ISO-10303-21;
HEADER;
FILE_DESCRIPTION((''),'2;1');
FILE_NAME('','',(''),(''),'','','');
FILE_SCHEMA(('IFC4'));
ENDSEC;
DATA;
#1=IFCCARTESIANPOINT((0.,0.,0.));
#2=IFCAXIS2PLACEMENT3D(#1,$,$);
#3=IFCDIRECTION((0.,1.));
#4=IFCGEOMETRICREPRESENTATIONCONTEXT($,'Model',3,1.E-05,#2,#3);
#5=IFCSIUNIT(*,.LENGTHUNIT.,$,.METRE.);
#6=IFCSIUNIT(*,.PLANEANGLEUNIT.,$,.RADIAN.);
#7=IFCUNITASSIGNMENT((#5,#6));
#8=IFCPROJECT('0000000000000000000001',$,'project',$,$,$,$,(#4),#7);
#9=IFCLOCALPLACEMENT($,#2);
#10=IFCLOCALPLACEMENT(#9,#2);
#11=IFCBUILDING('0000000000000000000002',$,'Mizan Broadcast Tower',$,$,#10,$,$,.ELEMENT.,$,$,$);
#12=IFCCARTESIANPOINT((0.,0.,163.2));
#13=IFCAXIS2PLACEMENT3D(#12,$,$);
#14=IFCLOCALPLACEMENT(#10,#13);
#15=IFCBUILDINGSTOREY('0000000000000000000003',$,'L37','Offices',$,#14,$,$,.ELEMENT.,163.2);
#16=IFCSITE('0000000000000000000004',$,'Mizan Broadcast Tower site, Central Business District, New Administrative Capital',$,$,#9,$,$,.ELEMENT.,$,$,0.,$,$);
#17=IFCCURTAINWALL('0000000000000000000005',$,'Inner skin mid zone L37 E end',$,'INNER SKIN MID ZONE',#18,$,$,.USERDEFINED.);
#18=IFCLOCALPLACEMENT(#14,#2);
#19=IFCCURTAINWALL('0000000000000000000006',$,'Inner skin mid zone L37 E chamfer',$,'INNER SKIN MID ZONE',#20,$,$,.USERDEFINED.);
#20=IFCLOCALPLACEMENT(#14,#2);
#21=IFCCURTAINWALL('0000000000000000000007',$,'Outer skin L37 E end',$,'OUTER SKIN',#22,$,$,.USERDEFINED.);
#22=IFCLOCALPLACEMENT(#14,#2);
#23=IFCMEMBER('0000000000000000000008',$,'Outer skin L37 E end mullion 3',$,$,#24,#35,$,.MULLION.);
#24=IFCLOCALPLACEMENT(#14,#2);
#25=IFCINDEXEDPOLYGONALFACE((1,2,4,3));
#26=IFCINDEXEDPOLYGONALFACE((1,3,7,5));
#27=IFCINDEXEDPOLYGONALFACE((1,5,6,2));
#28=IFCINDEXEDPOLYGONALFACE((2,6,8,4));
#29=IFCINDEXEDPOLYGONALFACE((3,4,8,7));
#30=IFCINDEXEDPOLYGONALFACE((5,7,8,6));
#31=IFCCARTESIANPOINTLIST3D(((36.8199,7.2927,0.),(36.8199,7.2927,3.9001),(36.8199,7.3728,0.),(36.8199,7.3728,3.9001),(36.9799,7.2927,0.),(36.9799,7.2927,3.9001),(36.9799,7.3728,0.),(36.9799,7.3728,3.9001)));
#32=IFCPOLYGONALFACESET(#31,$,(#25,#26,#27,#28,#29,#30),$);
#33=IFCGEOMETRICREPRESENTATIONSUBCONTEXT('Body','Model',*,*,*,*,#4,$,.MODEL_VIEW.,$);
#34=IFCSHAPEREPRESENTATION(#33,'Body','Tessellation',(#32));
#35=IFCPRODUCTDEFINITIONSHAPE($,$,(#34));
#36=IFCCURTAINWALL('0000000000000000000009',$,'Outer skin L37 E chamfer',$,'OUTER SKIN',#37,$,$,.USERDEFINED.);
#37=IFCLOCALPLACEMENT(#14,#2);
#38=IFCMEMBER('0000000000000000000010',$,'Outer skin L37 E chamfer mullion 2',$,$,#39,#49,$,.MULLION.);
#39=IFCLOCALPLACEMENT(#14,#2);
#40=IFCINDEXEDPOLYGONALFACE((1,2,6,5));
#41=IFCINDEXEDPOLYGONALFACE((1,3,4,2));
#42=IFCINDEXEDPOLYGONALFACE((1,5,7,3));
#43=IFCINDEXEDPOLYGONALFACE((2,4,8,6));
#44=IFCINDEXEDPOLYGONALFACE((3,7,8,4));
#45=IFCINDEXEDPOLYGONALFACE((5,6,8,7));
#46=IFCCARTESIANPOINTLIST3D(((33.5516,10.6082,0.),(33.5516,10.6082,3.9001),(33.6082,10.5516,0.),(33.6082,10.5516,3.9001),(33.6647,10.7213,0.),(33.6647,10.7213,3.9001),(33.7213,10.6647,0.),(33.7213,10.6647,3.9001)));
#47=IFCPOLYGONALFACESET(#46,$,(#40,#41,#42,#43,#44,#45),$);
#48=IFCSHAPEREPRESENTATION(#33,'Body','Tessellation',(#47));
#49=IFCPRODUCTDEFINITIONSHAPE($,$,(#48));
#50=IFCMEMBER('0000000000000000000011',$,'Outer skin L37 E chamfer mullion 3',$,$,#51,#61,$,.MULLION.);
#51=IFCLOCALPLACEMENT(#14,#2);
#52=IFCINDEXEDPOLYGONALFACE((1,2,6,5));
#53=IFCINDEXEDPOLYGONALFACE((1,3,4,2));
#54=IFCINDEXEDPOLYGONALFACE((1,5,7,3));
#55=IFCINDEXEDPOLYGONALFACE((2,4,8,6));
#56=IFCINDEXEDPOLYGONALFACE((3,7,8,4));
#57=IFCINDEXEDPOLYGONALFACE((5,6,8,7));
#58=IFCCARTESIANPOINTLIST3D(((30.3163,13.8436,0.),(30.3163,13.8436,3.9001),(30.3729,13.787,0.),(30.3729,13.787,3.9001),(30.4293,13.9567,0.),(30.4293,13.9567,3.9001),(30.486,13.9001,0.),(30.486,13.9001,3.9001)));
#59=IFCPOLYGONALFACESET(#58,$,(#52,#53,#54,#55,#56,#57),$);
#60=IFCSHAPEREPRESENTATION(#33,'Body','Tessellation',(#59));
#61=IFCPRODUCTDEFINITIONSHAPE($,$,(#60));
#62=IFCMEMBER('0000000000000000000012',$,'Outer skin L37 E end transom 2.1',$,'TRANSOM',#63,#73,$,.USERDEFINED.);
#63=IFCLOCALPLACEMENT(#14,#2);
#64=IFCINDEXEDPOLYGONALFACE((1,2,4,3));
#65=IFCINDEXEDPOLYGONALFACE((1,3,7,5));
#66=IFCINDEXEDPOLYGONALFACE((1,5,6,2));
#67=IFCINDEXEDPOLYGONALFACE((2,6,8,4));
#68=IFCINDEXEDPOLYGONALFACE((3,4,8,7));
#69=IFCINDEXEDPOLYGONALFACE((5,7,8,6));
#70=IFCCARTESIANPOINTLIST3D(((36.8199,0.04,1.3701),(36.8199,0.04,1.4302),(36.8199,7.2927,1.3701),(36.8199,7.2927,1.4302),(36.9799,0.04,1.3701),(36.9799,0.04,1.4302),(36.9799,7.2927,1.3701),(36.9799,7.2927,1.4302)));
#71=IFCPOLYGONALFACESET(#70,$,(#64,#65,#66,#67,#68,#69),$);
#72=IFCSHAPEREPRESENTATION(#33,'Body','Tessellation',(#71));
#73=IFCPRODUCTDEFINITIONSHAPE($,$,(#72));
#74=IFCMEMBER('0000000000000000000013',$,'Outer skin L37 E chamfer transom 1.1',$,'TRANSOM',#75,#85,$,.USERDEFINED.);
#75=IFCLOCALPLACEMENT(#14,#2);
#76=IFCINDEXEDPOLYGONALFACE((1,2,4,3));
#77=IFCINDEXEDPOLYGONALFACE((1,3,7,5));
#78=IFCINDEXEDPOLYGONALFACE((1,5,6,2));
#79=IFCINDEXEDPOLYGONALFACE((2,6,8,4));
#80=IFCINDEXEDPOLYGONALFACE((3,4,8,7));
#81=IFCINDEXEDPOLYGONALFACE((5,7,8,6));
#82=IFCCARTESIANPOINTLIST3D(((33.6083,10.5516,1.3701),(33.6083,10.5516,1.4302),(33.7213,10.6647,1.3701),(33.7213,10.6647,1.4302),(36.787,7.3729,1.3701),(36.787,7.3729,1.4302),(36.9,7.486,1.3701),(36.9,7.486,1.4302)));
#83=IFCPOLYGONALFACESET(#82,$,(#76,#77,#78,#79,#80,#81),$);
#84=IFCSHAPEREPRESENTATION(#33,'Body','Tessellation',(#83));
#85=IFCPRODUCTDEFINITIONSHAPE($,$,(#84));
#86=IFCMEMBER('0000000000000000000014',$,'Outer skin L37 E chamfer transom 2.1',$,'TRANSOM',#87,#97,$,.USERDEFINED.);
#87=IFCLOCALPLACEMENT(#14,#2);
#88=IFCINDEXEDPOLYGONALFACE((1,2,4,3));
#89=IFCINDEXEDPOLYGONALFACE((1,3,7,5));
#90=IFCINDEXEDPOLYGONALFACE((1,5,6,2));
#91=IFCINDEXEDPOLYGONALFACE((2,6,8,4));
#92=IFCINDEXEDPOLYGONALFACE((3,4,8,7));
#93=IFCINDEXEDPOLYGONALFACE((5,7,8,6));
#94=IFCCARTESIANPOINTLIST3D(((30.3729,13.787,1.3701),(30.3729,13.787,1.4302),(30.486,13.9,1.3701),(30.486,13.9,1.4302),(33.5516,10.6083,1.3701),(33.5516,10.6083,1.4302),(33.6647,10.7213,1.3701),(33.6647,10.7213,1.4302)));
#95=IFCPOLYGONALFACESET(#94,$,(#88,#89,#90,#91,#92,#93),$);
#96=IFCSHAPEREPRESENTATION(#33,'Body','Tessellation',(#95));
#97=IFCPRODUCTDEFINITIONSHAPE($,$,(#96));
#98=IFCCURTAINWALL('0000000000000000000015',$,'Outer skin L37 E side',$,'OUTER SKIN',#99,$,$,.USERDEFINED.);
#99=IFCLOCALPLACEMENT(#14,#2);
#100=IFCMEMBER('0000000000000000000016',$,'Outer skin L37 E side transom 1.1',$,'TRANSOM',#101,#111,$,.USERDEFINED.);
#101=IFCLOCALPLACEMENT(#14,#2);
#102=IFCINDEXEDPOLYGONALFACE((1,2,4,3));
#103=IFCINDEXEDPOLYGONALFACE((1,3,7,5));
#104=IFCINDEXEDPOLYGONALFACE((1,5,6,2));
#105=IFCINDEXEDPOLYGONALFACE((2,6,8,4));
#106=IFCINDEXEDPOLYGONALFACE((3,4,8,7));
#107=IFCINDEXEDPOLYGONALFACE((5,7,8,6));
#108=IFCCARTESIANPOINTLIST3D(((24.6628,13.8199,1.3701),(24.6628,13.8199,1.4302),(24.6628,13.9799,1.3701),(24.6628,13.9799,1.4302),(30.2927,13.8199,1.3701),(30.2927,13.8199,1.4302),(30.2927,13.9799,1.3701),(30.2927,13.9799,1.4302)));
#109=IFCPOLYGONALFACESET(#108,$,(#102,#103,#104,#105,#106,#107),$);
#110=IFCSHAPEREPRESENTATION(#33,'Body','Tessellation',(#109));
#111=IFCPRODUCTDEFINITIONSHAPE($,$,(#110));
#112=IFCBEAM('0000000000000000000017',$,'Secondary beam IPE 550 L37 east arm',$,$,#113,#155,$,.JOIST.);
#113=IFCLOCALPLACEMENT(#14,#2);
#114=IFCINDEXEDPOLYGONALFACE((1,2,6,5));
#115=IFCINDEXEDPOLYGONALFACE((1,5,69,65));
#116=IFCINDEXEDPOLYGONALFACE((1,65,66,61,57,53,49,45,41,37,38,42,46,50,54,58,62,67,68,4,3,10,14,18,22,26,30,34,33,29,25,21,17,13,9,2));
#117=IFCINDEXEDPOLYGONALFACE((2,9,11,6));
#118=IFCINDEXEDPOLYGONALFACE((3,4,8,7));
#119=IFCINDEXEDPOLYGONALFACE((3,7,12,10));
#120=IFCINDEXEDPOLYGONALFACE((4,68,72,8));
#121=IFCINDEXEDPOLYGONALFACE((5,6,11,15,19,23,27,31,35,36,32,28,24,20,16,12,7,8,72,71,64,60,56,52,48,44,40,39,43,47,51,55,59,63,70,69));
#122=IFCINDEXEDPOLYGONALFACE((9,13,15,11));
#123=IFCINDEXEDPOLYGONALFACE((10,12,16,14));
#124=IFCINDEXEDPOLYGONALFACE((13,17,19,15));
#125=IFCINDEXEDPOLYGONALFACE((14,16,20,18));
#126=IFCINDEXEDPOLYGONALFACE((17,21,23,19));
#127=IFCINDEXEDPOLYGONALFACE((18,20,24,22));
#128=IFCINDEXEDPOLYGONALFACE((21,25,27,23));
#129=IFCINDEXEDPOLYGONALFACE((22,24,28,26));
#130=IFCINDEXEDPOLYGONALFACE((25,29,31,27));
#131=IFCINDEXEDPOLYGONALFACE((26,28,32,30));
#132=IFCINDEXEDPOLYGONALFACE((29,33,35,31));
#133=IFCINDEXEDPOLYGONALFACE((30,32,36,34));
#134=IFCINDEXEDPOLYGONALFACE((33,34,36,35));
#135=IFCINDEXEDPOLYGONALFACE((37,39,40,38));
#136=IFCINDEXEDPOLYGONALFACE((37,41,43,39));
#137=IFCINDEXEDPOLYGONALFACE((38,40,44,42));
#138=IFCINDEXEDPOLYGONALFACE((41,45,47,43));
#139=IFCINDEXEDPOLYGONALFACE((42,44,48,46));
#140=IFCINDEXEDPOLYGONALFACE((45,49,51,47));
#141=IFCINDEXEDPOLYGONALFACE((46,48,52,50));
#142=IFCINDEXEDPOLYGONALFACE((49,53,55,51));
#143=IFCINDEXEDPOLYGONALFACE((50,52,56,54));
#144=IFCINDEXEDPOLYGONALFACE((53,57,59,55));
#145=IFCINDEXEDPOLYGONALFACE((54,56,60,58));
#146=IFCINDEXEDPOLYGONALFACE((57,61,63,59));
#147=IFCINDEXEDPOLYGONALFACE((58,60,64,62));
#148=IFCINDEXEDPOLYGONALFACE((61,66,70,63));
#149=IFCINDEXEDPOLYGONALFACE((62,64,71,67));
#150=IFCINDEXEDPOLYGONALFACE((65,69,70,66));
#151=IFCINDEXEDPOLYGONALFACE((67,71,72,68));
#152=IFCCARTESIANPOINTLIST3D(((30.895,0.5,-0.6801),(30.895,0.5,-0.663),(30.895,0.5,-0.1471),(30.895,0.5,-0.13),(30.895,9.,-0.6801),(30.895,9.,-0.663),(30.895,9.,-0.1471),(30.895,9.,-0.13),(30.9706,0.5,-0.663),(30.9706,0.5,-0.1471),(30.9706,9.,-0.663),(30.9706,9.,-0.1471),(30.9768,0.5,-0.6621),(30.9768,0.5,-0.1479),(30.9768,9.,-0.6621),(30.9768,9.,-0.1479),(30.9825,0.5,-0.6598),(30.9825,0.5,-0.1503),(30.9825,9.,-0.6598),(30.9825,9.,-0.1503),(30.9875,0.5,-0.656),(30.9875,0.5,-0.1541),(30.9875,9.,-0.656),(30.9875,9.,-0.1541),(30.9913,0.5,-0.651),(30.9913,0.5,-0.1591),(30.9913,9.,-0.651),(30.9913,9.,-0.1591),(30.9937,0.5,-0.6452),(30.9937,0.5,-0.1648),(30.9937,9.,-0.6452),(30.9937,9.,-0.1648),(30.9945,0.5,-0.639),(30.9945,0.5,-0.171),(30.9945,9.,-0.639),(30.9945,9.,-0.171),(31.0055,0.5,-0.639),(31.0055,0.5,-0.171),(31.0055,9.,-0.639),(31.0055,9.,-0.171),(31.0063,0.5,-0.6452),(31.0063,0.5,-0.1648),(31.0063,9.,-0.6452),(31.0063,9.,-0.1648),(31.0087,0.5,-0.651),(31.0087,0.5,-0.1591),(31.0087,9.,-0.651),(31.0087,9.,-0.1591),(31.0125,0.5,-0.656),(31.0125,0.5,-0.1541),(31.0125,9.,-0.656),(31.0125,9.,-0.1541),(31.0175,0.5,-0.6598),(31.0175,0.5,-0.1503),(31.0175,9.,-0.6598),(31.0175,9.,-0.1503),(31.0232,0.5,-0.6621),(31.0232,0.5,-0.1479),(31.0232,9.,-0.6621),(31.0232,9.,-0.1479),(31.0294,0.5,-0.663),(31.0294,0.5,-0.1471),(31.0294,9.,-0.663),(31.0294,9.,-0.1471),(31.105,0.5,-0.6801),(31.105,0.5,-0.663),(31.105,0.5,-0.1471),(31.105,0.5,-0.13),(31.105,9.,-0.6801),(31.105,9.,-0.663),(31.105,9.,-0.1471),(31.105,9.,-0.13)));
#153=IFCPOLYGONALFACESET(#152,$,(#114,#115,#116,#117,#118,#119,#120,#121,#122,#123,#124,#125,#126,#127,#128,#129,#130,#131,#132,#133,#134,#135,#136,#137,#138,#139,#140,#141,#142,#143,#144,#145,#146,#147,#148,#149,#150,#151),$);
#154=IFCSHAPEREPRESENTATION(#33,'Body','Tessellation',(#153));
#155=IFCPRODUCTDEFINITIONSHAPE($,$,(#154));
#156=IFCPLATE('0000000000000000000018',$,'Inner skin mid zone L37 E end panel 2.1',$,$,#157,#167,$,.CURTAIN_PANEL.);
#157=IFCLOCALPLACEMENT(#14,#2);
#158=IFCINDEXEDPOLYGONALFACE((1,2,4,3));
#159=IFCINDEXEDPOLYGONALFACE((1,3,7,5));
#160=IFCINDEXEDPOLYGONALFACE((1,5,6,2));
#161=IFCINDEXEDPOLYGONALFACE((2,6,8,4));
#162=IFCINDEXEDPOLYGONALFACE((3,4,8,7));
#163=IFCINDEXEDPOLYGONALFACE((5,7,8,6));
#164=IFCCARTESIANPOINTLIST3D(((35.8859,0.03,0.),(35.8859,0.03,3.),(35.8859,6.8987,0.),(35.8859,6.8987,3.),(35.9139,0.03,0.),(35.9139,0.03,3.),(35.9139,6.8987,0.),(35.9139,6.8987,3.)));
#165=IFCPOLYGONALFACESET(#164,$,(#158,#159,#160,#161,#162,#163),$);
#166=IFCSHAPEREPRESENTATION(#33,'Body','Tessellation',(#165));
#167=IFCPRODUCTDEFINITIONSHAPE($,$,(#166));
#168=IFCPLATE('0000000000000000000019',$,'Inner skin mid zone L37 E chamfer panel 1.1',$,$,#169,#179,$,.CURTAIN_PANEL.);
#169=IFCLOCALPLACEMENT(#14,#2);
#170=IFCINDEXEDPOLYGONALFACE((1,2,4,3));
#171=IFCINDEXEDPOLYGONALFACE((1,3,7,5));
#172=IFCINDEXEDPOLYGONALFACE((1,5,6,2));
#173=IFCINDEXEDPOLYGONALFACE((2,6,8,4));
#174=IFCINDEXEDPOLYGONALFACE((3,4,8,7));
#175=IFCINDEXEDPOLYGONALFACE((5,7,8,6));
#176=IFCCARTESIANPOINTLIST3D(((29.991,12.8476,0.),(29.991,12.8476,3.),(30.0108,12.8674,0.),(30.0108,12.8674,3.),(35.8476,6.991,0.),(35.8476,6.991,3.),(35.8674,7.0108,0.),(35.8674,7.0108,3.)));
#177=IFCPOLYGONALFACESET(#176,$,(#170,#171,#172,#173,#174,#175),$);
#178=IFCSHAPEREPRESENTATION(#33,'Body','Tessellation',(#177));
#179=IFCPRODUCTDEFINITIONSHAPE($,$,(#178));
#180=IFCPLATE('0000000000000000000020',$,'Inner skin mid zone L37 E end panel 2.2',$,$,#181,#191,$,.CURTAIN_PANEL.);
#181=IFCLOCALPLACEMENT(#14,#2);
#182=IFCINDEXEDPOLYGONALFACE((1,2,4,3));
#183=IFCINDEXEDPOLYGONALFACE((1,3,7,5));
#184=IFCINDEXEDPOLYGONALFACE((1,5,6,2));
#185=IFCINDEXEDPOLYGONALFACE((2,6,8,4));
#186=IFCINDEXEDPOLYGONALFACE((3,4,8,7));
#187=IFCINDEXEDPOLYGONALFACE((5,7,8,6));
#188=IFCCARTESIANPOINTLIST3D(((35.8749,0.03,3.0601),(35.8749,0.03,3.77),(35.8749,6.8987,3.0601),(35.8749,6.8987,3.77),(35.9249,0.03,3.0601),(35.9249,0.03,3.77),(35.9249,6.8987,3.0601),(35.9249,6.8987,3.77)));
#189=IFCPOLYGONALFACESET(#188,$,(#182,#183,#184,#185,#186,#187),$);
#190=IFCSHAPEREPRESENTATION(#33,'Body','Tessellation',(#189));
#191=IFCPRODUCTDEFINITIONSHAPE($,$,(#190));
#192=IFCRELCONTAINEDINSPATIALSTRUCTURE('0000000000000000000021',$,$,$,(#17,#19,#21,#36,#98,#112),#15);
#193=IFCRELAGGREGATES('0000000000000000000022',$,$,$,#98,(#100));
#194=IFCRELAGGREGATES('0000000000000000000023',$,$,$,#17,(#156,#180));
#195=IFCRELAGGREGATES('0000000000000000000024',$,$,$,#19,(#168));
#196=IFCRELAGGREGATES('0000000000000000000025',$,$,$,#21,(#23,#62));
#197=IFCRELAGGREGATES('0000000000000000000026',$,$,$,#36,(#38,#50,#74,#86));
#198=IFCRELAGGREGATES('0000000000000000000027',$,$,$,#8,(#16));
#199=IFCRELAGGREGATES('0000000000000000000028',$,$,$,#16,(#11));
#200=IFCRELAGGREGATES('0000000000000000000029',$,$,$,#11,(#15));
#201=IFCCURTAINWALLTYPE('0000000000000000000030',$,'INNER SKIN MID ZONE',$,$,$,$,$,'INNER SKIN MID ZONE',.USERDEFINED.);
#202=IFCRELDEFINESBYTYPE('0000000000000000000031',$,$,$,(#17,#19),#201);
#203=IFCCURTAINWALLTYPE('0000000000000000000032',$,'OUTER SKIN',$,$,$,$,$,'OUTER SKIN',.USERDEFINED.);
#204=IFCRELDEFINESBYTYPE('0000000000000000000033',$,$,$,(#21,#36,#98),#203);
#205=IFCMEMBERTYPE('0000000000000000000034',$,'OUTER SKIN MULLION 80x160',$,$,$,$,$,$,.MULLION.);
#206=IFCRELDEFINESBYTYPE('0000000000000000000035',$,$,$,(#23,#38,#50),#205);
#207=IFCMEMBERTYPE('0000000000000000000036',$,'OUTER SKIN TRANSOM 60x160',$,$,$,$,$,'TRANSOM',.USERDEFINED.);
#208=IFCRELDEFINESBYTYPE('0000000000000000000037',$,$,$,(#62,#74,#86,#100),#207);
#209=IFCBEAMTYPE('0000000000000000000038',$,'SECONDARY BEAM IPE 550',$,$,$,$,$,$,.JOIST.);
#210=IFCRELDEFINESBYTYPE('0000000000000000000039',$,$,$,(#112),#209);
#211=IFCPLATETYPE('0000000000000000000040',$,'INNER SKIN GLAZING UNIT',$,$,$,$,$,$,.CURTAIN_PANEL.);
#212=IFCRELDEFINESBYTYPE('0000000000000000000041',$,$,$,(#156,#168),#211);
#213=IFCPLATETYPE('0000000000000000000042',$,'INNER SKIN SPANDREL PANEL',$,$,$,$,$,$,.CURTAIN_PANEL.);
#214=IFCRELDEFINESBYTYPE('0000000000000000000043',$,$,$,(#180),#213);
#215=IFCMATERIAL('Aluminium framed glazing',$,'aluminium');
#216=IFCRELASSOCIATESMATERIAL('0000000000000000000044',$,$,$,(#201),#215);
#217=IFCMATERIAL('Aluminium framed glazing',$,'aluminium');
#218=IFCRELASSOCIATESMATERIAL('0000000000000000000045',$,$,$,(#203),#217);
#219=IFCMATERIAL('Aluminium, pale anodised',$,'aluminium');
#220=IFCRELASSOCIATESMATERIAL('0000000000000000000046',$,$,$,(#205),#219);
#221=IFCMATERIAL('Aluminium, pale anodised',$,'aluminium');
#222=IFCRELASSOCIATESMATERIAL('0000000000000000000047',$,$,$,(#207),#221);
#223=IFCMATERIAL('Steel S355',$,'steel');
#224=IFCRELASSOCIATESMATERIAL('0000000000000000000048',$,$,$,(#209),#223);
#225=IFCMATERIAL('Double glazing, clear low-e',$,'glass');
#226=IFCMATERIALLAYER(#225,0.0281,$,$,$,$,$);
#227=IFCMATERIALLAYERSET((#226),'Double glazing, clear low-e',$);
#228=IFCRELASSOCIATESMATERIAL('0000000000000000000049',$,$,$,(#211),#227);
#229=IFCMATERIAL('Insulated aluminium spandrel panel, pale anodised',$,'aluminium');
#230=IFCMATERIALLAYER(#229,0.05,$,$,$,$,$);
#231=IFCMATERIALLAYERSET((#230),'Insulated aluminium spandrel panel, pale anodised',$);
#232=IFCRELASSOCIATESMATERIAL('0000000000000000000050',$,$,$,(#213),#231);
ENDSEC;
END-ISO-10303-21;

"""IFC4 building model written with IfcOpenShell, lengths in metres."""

from ifc_helpers import new_model, si_unit, direction, frame, origin, origin_2d, place, context, subcontext, project, spatial, rectangle, i_section, extrude, material, layer, layer_set, material_profile, profile_set, type_object, element, aggregate, save


model = new_model("IFC4")

# Units and contexts
model_context = context("Model", 3, precision=1e-05, world=origin(), true_north=direction((0.0, 1.0)))
body_context = subcontext(model_context, "Body", "Model", "MODEL_VIEW")
ifc_project = project(units=[si_unit("LENGTHUNIT", "METRE"), si_unit("PLANEANGLEUNIT", "RADIAN")], contexts=[model_context])

# Site, building, storey
site_placement = place(None, origin())
site = spatial("IfcSite", under=ifc_project, at=site_placement, Name="Mizan Broadcast Tower site, Central Business District, New Administrative Capital", CompositionType="ELEMENT", RefElevation=0.0)
building_placement = place(site_placement, origin())
building = spatial("IfcBuilding", under=site, at=building_placement, Name="Mizan Broadcast Tower", CompositionType="ELEMENT")
storey_placement = place(building_placement, frame((0.0, 0.0, 163.2)))
storey = spatial("IfcBuildingStorey", under=building, at=storey_placement, Name="L37", Description="Offices", CompositionType="ELEMENT", Elevation=163.2)

# Curtain wall
ifc_material_1 = material(Name="Aluminium framed glazing", Category="aluminium")
curtain_wall_type_1 = type_object("IfcCurtainWallType", Name="INNER SKIN MID ZONE", ElementType="INNER SKIN MID ZONE", PredefinedType="USERDEFINED", material=ifc_material_1)
curtain_wall_1_placement = place(storey_placement, origin())
curtain_wall_1 = element("IfcCurtainWall", 1, at=curtain_wall_1_placement, inside=storey, type_object=curtain_wall_type_1, Name="Inner skin mid zone L37 E end", ObjectType="INNER SKIN MID ZONE", PredefinedType="USERDEFINED")

# Curtain wall
curtain_wall_2_placement = place(storey_placement, origin())
curtain_wall_2 = element("IfcCurtainWall", 2, at=curtain_wall_2_placement, inside=storey, type_object=curtain_wall_type_1, Name="Inner skin mid zone L37 E chamfer", ObjectType="INNER SKIN MID ZONE", PredefinedType="USERDEFINED")

# Curtain walls, members
ifc_material_2 = material(Name="Aluminium framed glazing", Category="aluminium")
curtain_wall_type_2 = type_object("IfcCurtainWallType", Name="OUTER SKIN", ElementType="OUTER SKIN", PredefinedType="USERDEFINED", material=ifc_material_2)
curtain_wall_3_placement = place(storey_placement, origin())
curtain_wall_3 = element("IfcCurtainWall", 3, at=curtain_wall_3_placement, inside=storey, type_object=curtain_wall_type_2, Name="Outer skin L37 E end", ObjectType="OUTER SKIN", PredefinedType="USERDEFINED")
ifc_material_3 = material(Name="Aluminium, pale anodised", Category="aluminium")
ifc_material_profile_1 = material_profile(ifc_material_3, rectangle(XDim=0.1599, YDim=0.0801, at=origin_2d()), Name="MULLION 160x80")
ifc_profile_set_1 = profile_set([ifc_material_profile_1], Name="Aluminium, pale anodised")
member_type_1 = type_object("IfcMemberType", Name="OUTER SKIN MULLION 80x160", PredefinedType="MULLION", material=ifc_profile_set_1)
member_1_placement = place(storey_placement, frame((36.8999, 7.3328, 0.0), z_axis=(0.0, 0.0, 1.0), x_axis=(-1.0, 0.0, 0.0)))
member_1 = element("IfcMember", 4, at=member_1_placement, type_object=member_type_1, Name="Outer skin L37 E end mullion 3", PredefinedType="MULLION", context=body_context, shape_type="SweptSolid", body=[
    extrude(rectangle(XDim=0.1599, YDim=0.0801, at=origin_2d()), origin(), (0.0, 0.0, 1.0), 3.9001),
])
curtain_wall_4_placement = place(storey_placement, origin())
curtain_wall_4 = element("IfcCurtainWall", 5, at=curtain_wall_4_placement, inside=storey, type_object=curtain_wall_type_2, Name="Outer skin L37 E chamfer", ObjectType="OUTER SKIN", PredefinedType="USERDEFINED")
member_2_placement = place(storey_placement, frame((33.6365, 10.6365, 0.0), z_axis=(0.0, 0.0, 1.0), x_axis=(-0.707107, -0.707107, 0.0)))
member_2 = element("IfcMember", 6, at=member_2_placement, type_object=member_type_1, Name="Outer skin L37 E chamfer mullion 2", PredefinedType="MULLION", context=body_context, shape_type="SweptSolid", body=[
    extrude(rectangle(XDim=0.1599, YDim=0.0801, at=origin_2d()), origin(), (0.0, 0.0, 1.0), 3.9001),
])
member_3_placement = place(storey_placement, frame((30.4011, 13.8718, 0.0), z_axis=(0.0, 0.0, 1.0), x_axis=(-0.707107, -0.707107, 0.0)))
member_3 = element("IfcMember", 7, at=member_3_placement, type_object=member_type_1, Name="Outer skin L37 E chamfer mullion 3", PredefinedType="MULLION", context=body_context, shape_type="SweptSolid", body=[
    extrude(rectangle(XDim=0.1599, YDim=0.0801, at=origin_2d()), origin(), (0.0, 0.0, 1.0), 3.9001),
])

# Members
ifc_material_4 = material(Name="Aluminium, pale anodised", Category="aluminium")
ifc_material_profile_2 = material_profile(ifc_material_4, rectangle(XDim=0.1599, YDim=0.0601, at=origin_2d()), Name="TRANSOM 160x60")
ifc_profile_set_2 = profile_set([ifc_material_profile_2], Name="Aluminium, pale anodised")
member_type_2 = type_object("IfcMemberType", Name="OUTER SKIN TRANSOM 60x160", ElementType="TRANSOM", PredefinedType="USERDEFINED", material=ifc_profile_set_2)
member_4_placement = place(storey_placement, frame((36.8999, 0.04, 1.4001), z_axis=(0.0, 1.0, 0.0), x_axis=(-1.0, 0.0, 0.0)))
member_4 = element("IfcMember", 8, at=member_4_placement, type_object=member_type_2, Name="Outer skin L37 E end transom 2.1", ObjectType="TRANSOM", PredefinedType="USERDEFINED", context=body_context, shape_type="SweptSolid", body=[
    extrude(rectangle(XDim=0.1599, YDim=0.0601, at=origin_2d()), origin(), (0.0, 0.0, 1.0), 7.2527),
])
member_5_placement = place(storey_placement, frame((36.8435, 7.4294, 1.4001), z_axis=(-0.707107, 0.707107, 0.0), x_axis=(-0.707107, -0.707107, 0.0)))
member_5 = element("IfcMember", 9, at=member_5_placement, type_object=member_type_2, Name="Outer skin L37 E chamfer transom 1.1", ObjectType="TRANSOM", PredefinedType="USERDEFINED", context=body_context, shape_type="SweptSolid", body=[
    extrude(rectangle(XDim=0.1599, YDim=0.0601, at=origin_2d()), origin(), (0.0, 0.0, 1.0), 4.4954),
])
member_6_placement = place(storey_placement, frame((33.6082, 10.6648, 1.4001), z_axis=(-0.707107, 0.707107, 0.0), x_axis=(-0.707107, -0.707107, 0.0)))
member_6 = element("IfcMember", 10, at=member_6_placement, type_object=member_type_2, Name="Outer skin L37 E chamfer transom 2.1", ObjectType="TRANSOM", PredefinedType="USERDEFINED", context=body_context, shape_type="SweptSolid", body=[
    extrude(rectangle(XDim=0.1599, YDim=0.0601, at=origin_2d()), origin(), (0.0, 0.0, 1.0), 4.4954),
])

# Curtain wall, member
curtain_wall_5_placement = place(storey_placement, origin())
curtain_wall_5 = element("IfcCurtainWall", 11, at=curtain_wall_5_placement, inside=storey, type_object=curtain_wall_type_2, Name="Outer skin L37 E side", ObjectType="OUTER SKIN", PredefinedType="USERDEFINED")
member_7_placement = place(storey_placement, frame((30.2927, 13.8999, 1.4001), z_axis=(-1.0, 0.0, 0.0), x_axis=(0.0, -1.0, 0.0)))
member_7 = element("IfcMember", 12, at=member_7_placement, type_object=member_type_2, Name="Outer skin L37 E side transom 1.1", ObjectType="TRANSOM", PredefinedType="USERDEFINED", context=body_context, shape_type="SweptSolid", body=[
    extrude(rectangle(XDim=0.1599, YDim=0.0601, at=origin_2d()), origin(), (0.0, 0.0, 1.0), 5.6299),
])
aggregate(curtain_wall_5, [member_7])

# Beam
ifc_material_5 = material(Name="Steel S355", Category="steel")
ifc_material_profile_3 = material_profile(ifc_material_5, i_section(OverallWidth=0.21, OverallDepth=0.55, WebThickness=0.011, FlangeThickness=0.0171, FilletRadius=0.0239, at=origin_2d()), Name="IPE 550")
ifc_profile_set_3 = profile_set([ifc_material_profile_3], Name="Steel S355")
beam_type_1 = type_object("IfcBeamType", Name="SECONDARY BEAM IPE 550", PredefinedType="JOIST", material=ifc_profile_set_3)
beam_1_placement = place(storey_placement, frame((31.0, 9.0, -0.405), z_axis=(0.0, -1.0, 0.0), x_axis=(1.0, 0.0, 0.0)))
element("IfcBeam", 13, at=beam_1_placement, inside=storey, type_object=beam_type_1, Name="Secondary beam IPE 550 L37 east arm", PredefinedType="JOIST", context=body_context, shape_type="SweptSolid", body=[
    extrude(i_section(OverallWidth=0.21, OverallDepth=0.55, WebThickness=0.011, FlangeThickness=0.0171, FilletRadius=0.0239, at=origin_2d()), origin(), (0.0, 0.0, 1.0), 8.5),
])

# Plates
ifc_material_6 = material(Name="Double glazing, clear low-e", Category="glass")
ifc_layer_1 = layer(ifc_material_6, 0.0281)
ifc_layer_set_1 = layer_set([ifc_layer_1], Name="Double glazing, clear low-e")
plate_type_1 = type_object("IfcPlateType", Name="INNER SKIN GLAZING UNIT", PredefinedType="CURTAIN_PANEL", material=ifc_layer_set_1)
plate_1_placement = place(storey_placement, frame((35.8999, 3.4644, 0.0), z_axis=(0.0, 0.0, 1.0), x_axis=(0.0, 1.0, 0.0)))
plate_1 = element("IfcPlate", 14, at=plate_1_placement, type_object=plate_type_1, Name="Inner skin mid zone L37 E end panel 2.1", PredefinedType="CURTAIN_PANEL", context=body_context, shape_type="SweptSolid", body=[
    extrude(rectangle(XDim=6.8687, YDim=0.0281, at=origin_2d()), origin(), (0.0, 0.0, 1.0), 3.0),
])
plate_2_placement = place(storey_placement, frame((32.9292, 9.9292, 0.0), z_axis=(0.0, 0.0, 1.0), x_axis=(-0.707107, 0.707107, 0.0)))
plate_2 = element("IfcPlate", 15, at=plate_2_placement, type_object=plate_type_1, Name="Inner skin mid zone L37 E chamfer panel 1.1", PredefinedType="CURTAIN_PANEL", context=body_context, shape_type="SweptSolid", body=[
    extrude(rectangle(XDim=8.2825, YDim=0.0281, at=origin_2d()), origin(), (0.0, 0.0, 1.0), 3.0),
])
ifc_material_7 = material(Name="Insulated aluminium spandrel panel, pale anodised", Category="aluminium")
ifc_layer_2 = layer(ifc_material_7, 0.05)
ifc_layer_set_2 = layer_set([ifc_layer_2], Name="Insulated aluminium spandrel panel, pale anodised")
plate_type_2 = type_object("IfcPlateType", Name="INNER SKIN SPANDREL PANEL", PredefinedType="CURTAIN_PANEL", material=ifc_layer_set_2)
plate_3_placement = place(storey_placement, frame((35.8999, 3.4644, 3.0601), z_axis=(0.0, 0.0, 1.0), x_axis=(0.0, 1.0, 0.0)))
plate_3 = element("IfcPlate", 16, at=plate_3_placement, type_object=plate_type_2, Name="Inner skin mid zone L37 E end panel 2.2", PredefinedType="CURTAIN_PANEL", context=body_context, shape_type="SweptSolid", body=[
    extrude(rectangle(XDim=6.8687, YDim=0.05, at=origin_2d()), origin(), (0.0, 0.0, 1.0), 0.71),
])
aggregate(curtain_wall_1, [plate_1, plate_3])
aggregate(curtain_wall_2, [plate_2])
aggregate(curtain_wall_3, [member_1, member_4])
aggregate(curtain_wall_4, [member_2, member_3, member_5, member_6])

save(model, "model.ifc")
